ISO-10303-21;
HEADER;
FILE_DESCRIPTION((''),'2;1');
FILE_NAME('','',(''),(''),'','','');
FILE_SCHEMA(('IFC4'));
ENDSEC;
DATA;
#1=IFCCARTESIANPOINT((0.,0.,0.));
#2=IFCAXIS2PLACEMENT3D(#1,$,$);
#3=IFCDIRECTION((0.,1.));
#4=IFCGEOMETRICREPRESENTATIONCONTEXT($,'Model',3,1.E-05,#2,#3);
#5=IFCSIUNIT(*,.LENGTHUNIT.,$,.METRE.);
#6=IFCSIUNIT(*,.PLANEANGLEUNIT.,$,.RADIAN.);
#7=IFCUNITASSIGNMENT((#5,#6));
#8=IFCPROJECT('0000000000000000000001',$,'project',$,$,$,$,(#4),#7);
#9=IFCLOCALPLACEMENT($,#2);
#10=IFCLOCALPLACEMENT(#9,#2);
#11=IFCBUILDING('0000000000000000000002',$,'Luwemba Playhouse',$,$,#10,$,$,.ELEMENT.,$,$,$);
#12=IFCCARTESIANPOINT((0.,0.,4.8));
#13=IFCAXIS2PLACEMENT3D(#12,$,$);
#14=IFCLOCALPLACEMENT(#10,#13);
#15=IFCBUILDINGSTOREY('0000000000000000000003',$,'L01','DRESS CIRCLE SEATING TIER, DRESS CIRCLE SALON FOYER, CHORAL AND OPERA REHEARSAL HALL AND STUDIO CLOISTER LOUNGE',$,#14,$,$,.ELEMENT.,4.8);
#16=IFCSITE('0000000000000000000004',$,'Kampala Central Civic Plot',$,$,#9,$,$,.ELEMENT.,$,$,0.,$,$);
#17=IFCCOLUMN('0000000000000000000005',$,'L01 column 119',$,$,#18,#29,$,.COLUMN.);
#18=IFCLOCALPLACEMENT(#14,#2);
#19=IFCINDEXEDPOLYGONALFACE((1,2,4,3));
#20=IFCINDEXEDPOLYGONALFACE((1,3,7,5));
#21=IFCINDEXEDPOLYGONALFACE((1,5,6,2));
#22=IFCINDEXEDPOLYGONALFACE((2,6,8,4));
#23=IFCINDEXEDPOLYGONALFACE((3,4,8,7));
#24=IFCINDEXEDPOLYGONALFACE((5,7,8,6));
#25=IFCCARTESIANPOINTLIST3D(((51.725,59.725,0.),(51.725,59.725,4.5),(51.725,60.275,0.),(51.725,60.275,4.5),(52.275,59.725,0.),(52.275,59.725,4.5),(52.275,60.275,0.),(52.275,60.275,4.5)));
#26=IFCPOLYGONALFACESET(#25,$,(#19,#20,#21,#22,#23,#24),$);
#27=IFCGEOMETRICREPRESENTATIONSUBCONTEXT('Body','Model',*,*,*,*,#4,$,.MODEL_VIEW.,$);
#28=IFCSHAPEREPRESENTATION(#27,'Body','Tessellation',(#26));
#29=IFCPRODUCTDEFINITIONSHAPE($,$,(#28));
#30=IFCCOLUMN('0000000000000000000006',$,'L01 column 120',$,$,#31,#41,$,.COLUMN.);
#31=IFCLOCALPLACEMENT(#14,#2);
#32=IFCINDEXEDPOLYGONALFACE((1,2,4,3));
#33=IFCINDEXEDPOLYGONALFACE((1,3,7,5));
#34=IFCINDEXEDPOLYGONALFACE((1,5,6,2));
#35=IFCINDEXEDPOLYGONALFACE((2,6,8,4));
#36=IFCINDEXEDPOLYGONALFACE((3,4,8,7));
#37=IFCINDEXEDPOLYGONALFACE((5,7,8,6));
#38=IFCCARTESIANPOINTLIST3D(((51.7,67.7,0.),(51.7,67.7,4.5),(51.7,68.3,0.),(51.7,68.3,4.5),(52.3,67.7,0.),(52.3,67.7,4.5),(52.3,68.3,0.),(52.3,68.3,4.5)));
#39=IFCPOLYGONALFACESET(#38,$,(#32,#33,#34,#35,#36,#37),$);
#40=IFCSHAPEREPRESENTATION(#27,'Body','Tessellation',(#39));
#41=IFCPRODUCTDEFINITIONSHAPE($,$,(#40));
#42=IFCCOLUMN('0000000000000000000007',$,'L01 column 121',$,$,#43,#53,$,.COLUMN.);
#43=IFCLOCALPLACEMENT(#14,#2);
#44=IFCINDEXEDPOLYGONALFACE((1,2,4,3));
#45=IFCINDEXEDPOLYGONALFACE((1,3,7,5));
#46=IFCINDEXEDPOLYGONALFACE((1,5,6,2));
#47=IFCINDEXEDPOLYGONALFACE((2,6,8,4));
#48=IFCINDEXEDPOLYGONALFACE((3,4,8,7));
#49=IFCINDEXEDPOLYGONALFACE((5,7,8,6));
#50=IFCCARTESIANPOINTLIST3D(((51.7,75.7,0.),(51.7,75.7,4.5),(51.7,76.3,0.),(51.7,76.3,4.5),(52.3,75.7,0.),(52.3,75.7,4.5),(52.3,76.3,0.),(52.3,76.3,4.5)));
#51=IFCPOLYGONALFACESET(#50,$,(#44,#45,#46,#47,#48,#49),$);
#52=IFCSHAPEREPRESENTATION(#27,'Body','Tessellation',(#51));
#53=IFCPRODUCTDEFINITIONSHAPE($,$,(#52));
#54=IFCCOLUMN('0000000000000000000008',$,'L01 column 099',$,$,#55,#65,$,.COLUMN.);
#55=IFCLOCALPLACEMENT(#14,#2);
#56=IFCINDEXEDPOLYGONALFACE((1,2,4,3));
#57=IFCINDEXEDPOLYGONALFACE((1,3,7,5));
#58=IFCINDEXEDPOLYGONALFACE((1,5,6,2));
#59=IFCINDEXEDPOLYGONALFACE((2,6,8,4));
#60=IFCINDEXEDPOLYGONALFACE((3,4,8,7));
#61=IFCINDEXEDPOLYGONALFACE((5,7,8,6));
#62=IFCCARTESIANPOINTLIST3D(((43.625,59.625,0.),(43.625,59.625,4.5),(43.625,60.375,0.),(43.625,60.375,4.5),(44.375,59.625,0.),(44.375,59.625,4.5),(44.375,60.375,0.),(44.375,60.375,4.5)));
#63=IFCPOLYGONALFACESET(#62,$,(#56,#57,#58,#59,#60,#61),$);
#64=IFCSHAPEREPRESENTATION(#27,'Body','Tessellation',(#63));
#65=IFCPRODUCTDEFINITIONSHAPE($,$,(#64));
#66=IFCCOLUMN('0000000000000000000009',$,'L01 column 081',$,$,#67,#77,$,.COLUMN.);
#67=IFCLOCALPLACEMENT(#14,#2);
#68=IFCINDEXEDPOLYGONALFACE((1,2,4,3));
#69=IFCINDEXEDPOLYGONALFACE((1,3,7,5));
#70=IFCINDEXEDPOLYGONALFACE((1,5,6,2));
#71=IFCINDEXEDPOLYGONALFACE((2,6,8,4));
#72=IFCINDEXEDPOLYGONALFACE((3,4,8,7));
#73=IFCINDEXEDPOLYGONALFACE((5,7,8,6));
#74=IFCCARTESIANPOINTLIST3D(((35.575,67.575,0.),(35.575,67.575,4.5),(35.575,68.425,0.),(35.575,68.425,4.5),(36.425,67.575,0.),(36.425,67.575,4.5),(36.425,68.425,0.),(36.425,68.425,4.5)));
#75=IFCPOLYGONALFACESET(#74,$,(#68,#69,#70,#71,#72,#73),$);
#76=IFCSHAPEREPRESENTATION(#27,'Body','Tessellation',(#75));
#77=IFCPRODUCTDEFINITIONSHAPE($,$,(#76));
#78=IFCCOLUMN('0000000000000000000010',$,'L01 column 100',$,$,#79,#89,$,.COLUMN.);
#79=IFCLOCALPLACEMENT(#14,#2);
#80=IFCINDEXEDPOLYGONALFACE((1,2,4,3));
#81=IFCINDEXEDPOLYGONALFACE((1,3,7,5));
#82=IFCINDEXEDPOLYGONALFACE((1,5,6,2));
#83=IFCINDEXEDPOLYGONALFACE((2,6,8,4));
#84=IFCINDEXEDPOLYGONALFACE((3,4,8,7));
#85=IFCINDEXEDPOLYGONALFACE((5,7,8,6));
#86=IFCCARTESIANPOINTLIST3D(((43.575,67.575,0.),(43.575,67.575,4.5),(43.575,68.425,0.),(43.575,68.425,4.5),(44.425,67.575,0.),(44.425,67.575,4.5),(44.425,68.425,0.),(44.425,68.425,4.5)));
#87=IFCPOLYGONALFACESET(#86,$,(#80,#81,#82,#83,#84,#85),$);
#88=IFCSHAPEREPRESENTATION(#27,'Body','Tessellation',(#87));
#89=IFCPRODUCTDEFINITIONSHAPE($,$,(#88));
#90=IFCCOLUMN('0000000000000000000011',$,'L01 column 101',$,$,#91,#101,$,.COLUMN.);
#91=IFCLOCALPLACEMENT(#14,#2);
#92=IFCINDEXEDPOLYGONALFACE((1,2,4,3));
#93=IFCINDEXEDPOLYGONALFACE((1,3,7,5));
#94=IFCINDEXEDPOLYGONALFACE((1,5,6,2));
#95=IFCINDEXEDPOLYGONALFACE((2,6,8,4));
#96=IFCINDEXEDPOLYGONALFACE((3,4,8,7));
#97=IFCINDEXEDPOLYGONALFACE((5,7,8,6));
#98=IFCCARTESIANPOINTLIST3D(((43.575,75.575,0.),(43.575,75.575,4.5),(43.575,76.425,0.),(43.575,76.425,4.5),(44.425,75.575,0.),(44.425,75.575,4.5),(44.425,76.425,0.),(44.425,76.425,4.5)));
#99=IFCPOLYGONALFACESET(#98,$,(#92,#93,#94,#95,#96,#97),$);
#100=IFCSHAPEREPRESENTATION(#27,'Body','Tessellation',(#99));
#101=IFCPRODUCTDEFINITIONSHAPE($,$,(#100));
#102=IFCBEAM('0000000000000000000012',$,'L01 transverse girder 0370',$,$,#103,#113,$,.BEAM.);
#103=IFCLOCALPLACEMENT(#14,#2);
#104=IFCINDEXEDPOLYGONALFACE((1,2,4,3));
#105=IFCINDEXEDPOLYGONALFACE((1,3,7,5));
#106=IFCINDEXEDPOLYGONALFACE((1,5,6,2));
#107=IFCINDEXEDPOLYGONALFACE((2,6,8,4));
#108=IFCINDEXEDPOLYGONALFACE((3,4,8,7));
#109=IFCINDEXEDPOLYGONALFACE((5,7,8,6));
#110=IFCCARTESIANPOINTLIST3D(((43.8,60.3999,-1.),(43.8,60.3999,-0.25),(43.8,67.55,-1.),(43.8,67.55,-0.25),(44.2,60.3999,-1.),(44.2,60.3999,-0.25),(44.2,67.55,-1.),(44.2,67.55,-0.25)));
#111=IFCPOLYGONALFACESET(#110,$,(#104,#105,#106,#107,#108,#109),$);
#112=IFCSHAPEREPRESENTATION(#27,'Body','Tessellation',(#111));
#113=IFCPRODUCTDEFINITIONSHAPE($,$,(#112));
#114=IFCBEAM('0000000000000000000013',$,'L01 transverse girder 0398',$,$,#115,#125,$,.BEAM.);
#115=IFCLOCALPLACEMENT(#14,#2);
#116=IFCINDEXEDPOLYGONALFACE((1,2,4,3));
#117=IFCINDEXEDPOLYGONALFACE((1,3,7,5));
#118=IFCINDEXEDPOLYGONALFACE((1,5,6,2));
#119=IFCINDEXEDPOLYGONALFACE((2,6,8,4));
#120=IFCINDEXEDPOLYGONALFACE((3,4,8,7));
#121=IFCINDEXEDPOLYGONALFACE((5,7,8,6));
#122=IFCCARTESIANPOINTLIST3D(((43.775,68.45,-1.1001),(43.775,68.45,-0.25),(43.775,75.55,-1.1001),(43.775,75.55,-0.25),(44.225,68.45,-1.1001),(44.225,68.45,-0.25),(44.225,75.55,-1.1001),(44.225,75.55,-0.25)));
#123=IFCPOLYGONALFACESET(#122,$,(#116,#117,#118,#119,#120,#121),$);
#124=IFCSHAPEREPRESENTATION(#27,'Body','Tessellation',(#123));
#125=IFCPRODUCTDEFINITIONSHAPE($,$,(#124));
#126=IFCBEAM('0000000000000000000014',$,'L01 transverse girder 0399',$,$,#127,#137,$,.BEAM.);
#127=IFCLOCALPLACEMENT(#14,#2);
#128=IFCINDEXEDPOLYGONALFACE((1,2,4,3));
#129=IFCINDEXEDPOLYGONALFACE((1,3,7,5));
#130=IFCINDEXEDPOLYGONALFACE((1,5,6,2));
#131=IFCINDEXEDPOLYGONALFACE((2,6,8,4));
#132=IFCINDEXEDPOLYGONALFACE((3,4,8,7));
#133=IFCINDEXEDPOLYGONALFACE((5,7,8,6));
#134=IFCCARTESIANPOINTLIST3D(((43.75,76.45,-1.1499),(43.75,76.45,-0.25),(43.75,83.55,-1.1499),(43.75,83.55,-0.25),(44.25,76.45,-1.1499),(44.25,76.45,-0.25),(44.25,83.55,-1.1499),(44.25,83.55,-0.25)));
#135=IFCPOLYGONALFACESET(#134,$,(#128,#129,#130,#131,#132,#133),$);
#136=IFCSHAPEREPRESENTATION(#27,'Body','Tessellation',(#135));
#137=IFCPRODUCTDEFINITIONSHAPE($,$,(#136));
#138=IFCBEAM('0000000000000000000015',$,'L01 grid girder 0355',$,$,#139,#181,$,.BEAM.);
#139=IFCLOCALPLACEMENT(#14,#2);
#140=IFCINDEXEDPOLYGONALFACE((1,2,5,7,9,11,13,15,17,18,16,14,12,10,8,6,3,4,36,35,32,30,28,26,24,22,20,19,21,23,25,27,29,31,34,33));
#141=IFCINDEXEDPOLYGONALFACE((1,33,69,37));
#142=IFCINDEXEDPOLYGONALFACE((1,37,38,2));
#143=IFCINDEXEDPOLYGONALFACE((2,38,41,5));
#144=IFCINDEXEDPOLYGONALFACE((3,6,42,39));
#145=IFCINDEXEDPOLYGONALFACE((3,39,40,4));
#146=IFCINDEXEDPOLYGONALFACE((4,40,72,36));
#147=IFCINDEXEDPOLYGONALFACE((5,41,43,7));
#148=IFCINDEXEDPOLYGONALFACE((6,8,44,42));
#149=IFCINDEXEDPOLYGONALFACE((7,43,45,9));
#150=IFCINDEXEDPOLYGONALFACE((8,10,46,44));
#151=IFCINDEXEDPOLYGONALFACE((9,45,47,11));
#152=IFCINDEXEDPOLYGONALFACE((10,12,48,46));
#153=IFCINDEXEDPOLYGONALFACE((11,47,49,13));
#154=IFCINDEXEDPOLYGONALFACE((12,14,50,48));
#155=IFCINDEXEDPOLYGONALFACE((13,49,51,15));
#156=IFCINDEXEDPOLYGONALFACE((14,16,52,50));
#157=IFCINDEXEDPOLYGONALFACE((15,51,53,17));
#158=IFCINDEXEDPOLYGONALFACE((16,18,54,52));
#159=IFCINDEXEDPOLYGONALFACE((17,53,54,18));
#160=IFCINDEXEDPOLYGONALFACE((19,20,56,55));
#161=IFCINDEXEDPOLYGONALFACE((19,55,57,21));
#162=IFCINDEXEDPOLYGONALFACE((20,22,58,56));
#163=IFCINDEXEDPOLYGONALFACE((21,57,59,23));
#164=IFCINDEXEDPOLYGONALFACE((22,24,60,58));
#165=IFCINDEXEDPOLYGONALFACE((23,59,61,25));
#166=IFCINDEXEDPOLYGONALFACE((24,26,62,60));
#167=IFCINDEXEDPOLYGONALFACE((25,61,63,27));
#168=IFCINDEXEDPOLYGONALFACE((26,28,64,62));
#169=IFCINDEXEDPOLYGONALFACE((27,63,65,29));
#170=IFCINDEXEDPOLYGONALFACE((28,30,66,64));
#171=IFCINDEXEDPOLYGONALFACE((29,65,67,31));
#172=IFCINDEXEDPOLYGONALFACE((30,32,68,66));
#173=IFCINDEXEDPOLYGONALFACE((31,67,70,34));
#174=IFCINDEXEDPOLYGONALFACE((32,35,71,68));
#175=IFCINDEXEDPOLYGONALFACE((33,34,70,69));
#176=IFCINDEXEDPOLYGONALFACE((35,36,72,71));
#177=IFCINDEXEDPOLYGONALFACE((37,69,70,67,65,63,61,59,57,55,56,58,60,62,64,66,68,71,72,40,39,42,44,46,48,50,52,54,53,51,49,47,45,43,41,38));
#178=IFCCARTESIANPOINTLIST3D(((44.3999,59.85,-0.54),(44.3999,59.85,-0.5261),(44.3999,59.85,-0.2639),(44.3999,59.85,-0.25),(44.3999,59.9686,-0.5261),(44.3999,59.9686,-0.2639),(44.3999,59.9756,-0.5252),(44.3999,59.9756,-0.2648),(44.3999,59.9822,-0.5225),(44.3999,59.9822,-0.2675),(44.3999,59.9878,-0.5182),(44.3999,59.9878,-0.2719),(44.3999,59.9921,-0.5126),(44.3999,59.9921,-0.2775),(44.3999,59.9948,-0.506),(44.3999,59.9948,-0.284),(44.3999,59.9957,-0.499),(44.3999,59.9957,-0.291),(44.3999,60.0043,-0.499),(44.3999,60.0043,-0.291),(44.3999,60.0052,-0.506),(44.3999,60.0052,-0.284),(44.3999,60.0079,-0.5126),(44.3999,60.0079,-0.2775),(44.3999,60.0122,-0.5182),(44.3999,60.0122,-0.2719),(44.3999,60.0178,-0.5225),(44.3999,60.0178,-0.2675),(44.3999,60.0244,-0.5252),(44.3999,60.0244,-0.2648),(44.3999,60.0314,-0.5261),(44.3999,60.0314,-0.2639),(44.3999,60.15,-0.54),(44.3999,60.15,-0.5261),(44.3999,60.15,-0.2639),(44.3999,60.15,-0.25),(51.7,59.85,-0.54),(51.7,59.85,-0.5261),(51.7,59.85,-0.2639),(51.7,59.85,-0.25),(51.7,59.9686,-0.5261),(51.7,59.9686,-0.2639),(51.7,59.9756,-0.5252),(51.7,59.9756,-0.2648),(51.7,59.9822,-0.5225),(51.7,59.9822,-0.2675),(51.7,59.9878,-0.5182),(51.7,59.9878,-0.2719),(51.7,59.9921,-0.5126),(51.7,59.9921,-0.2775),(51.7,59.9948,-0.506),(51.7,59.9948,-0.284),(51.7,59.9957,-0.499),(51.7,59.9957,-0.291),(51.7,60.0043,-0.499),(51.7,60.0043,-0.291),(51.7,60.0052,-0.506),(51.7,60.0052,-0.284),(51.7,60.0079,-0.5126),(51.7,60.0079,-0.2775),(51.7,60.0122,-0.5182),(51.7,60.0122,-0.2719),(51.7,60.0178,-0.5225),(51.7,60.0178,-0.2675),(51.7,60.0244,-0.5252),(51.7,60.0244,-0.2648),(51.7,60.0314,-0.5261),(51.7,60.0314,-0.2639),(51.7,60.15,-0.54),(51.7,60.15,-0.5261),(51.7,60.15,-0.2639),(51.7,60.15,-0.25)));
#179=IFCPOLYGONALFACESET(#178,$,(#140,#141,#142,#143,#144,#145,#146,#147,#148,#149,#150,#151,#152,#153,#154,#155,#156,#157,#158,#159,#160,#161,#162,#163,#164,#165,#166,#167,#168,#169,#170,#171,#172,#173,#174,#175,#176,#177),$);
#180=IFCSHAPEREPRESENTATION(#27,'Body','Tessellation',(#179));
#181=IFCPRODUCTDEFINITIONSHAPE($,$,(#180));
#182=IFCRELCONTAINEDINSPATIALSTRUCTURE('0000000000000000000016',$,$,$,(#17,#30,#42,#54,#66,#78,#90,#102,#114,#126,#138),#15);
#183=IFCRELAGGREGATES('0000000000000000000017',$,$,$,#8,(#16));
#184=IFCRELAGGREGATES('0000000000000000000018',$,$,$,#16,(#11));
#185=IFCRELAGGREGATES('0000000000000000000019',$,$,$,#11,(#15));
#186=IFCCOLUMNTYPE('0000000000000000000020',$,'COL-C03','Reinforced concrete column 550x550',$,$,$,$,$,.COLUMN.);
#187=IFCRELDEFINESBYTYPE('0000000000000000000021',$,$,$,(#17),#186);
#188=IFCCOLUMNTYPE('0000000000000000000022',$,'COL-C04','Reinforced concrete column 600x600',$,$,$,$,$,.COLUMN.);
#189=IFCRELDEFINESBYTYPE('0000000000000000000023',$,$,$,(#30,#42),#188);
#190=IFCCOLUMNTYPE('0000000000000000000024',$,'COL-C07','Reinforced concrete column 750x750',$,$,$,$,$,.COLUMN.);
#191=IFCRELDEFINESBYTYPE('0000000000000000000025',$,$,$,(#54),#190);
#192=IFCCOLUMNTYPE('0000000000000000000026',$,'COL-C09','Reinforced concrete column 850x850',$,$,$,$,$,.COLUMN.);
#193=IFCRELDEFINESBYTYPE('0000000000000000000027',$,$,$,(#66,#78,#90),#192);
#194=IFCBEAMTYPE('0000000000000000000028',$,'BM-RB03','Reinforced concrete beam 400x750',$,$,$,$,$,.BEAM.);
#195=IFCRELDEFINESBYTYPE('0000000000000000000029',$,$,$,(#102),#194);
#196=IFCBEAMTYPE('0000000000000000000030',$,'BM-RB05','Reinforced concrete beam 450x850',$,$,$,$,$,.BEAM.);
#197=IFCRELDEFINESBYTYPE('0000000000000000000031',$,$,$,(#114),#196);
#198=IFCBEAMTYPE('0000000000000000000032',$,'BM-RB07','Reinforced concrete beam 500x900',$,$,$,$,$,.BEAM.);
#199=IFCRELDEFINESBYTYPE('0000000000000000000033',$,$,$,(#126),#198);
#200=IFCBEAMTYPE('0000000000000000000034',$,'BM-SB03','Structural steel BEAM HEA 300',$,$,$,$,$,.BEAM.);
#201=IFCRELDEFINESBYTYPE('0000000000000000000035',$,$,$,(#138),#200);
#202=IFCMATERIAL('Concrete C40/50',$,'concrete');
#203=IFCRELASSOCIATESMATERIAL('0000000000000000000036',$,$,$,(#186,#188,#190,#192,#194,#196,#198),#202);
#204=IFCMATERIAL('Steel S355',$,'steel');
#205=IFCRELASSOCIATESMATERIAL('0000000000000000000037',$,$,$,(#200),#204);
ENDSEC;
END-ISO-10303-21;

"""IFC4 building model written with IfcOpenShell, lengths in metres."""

from ifc_helpers import new_model, si_unit, direction, frame, origin, origin_2d, place, context, subcontext, project, spatial, rectangle, i_section, extrude, material, material_profile, profile_set, type_object, element, save


model = new_model("IFC4")

# Units and contexts
model_context = context("Model", 3, precision=1e-05, world=origin(), true_north=direction((0.0, 1.0)))
body_context = subcontext(model_context, "Body", "Model", "MODEL_VIEW")
ifc_project = project(units=[si_unit("LENGTHUNIT", "METRE"), si_unit("PLANEANGLEUNIT", "RADIAN")], contexts=[model_context])

# Site, building, storey
site_placement = place(None, origin())
site = spatial("IfcSite", under=ifc_project, at=site_placement, Name="Kampala Central Civic Plot", CompositionType="ELEMENT", RefElevation=0.0)
building_placement = place(site_placement, origin())
building = spatial("IfcBuilding", under=site, at=building_placement, Name="Luwemba Playhouse", CompositionType="ELEMENT")
storey_placement = place(building_placement, frame((0.0, 0.0, 4.8)))
storey = spatial("IfcBuildingStorey", under=building, at=storey_placement, Name="L01", Description="DRESS CIRCLE SEATING TIER, DRESS CIRCLE SALON FOYER, CHORAL AND OPERA REHEARSAL HALL AND STUDIO CLOISTER LOUNGE", CompositionType="ELEMENT", Elevation=4.8)

# Columns
ifc_material_1 = material(Name="Concrete C40/50", Category="concrete")
ifc_material_profile_1 = material_profile(ifc_material_1, rectangle(XDim=0.55, YDim=0.55, at=origin_2d()))
ifc_profile_set_1 = profile_set([ifc_material_profile_1], Name="Concrete C40/50")
column_type_1 = type_object("IfcColumnType", Name="COL-C03", Description="Reinforced concrete column 550x550", PredefinedType="COLUMN", material=ifc_profile_set_1)
column_1_placement = place(storey_placement, frame((52.0, 60.0, 0.0), z_axis=(0.0, 0.0, 1.0), x_axis=(1.0, 0.0, 0.0)))
element("IfcColumn", 1, at=column_1_placement, inside=storey, type_object=column_type_1, Name="L01 column 119", PredefinedType="COLUMN", context=body_context, shape_type="SweptSolid", body=[
    extrude(rectangle(XDim=0.55, YDim=0.55, at=origin_2d()), origin(), (0.0, 0.0, 1.0), 4.5),
])
ifc_material_profile_2 = material_profile(ifc_material_1, rectangle(XDim=0.6001, YDim=0.6001, at=origin_2d()))
ifc_profile_set_2 = profile_set([ifc_material_profile_2], Name="Concrete C40/50")
column_type_2 = type_object("IfcColumnType", Name="COL-C04", Description="Reinforced concrete column 600x600", PredefinedType="COLUMN", material=ifc_profile_set_2)
for number, where, z_axis, x_axis, name in (
    (2, (52.0, 68.0, 0.0), (0.0, 0.0, 1.0), (1.0, 0.0, 0.0), "L01 column 120"),
    (3, (52.0, 76.0, 0.0), (0.0, 0.0, 1.0), (1.0, 0.0, 0.0), "L01 column 121"),
):
    element("IfcColumn", number, at=place(storey_placement, frame(where, z_axis=z_axis, x_axis=x_axis)), inside=storey, type_object=column_type_2, Name=name, PredefinedType="COLUMN", context=body_context, shape_type="SweptSolid", body=[
        extrude(rectangle(XDim=0.6001, YDim=0.6001, at=origin_2d()), origin(), (0.0, 0.0, 1.0), 4.5),
    ])
ifc_material_profile_3 = material_profile(ifc_material_1, rectangle(XDim=0.75, YDim=0.75, at=origin_2d()))
ifc_profile_set_3 = profile_set([ifc_material_profile_3], Name="Concrete C40/50")
column_type_3 = type_object("IfcColumnType", Name="COL-C07", Description="Reinforced concrete column 750x750", PredefinedType="COLUMN", material=ifc_profile_set_3)
column_2_placement = place(storey_placement, frame((44.0, 60.0, 0.0), z_axis=(0.0, 0.0, 1.0), x_axis=(1.0, 0.0, 0.0)))
element("IfcColumn", 4, at=column_2_placement, inside=storey, type_object=column_type_3, Name="L01 column 099", PredefinedType="COLUMN", context=body_context, shape_type="SweptSolid", body=[
    extrude(rectangle(XDim=0.75, YDim=0.75, at=origin_2d()), origin(), (0.0, 0.0, 1.0), 4.5),
])
ifc_material_profile_4 = material_profile(ifc_material_1, rectangle(XDim=0.8501, YDim=0.8501, at=origin_2d()))
ifc_profile_set_4 = profile_set([ifc_material_profile_4], Name="Concrete C40/50")
column_type_4 = type_object("IfcColumnType", Name="COL-C09", Description="Reinforced concrete column 850x850", PredefinedType="COLUMN", material=ifc_profile_set_4)
for number, where, z_axis, x_axis, name in (
    (5, (36.0, 68.0, 0.0), (0.0, 0.0, 1.0), (1.0, 0.0, 0.0), "L01 column 081"),
    (6, (44.0, 68.0, 0.0), (0.0, 0.0, 1.0), (1.0, 0.0, 0.0), "L01 column 100"),
    (7, (44.0, 76.0, 0.0), (0.0, 0.0, 1.0), (1.0, 0.0, 0.0), "L01 column 101"),
):
    element("IfcColumn", number, at=place(storey_placement, frame(where, z_axis=z_axis, x_axis=x_axis)), inside=storey, type_object=column_type_4, Name=name, PredefinedType="COLUMN", context=body_context, shape_type="SweptSolid", body=[
        extrude(rectangle(XDim=0.8501, YDim=0.8501, at=origin_2d()), origin(), (0.0, 0.0, 1.0), 4.5),
    ])

# Beams
ifc_material_profile_5 = material_profile(ifc_material_1, rectangle(XDim=0.3999, YDim=0.75, at=origin_2d()))
ifc_profile_set_5 = profile_set([ifc_material_profile_5], Name="Concrete C40/50")
beam_type_1 = type_object("IfcBeamType", Name="BM-RB03", Description="Reinforced concrete beam 400x750", PredefinedType="BEAM", material=ifc_profile_set_5)
beam_1_placement = place(storey_placement, frame((44.0, 60.3999, -0.625), z_axis=(0.0, 1.0, 0.0), x_axis=(-1.0, 0.0, 0.0)))
element("IfcBeam", 8, at=beam_1_placement, inside=storey, type_object=beam_type_1, Name="L01 transverse girder 0370", PredefinedType="BEAM", context=body_context, shape_type="SweptSolid", body=[
    extrude(rectangle(XDim=0.3999, YDim=0.75, at=origin_2d()), origin(), (0.0, 0.0, 1.0), 7.1501),
])
ifc_material_profile_6 = material_profile(ifc_material_1, rectangle(XDim=0.45, YDim=0.8501, at=origin_2d()))
ifc_profile_set_6 = profile_set([ifc_material_profile_6], Name="Concrete C40/50")
beam_type_2 = type_object("IfcBeamType", Name="BM-RB05", Description="Reinforced concrete beam 450x850", PredefinedType="BEAM", material=ifc_profile_set_6)
beam_2_placement = place(storey_placement, frame((44.0, 68.45, -0.675), z_axis=(0.0, 1.0, 0.0), x_axis=(-1.0, 0.0, 0.0)))
element("IfcBeam", 9, at=beam_2_placement, inside=storey, type_object=beam_type_2, Name="L01 transverse girder 0398", PredefinedType="BEAM", context=body_context, shape_type="SweptSolid", body=[
    extrude(rectangle(XDim=0.45, YDim=0.8501, at=origin_2d()), origin(), (0.0, 0.0, 1.0), 7.1001),
])
ifc_material_profile_7 = material_profile(ifc_material_1, rectangle(XDim=0.5, YDim=0.8999, at=origin_2d()))
ifc_profile_set_7 = profile_set([ifc_material_profile_7], Name="Concrete C40/50")
beam_type_3 = type_object("IfcBeamType", Name="BM-RB07", Description="Reinforced concrete beam 500x900", PredefinedType="BEAM", material=ifc_profile_set_7)
beam_3_placement = place(storey_placement, frame((44.0, 76.45, -0.7), z_axis=(0.0, 1.0, 0.0), x_axis=(-1.0, 0.0, 0.0)))
element("IfcBeam", 10, at=beam_3_placement, inside=storey, type_object=beam_type_3, Name="L01 transverse girder 0399", PredefinedType="BEAM", context=body_context, shape_type="SweptSolid", body=[
    extrude(rectangle(XDim=0.5, YDim=0.8999, at=origin_2d()), origin(), (0.0, 0.0, 1.0), 7.1001),
])
ifc_material_2 = material(Name="Steel S355", Category="steel")
ifc_material_profile_8 = material_profile(ifc_material_2, i_section(OverallWidth=0.3, OverallDepth=0.29, WebThickness=0.0085, FlangeThickness=0.0139, FilletRadius=0.0271, at=origin_2d()))
ifc_profile_set_8 = profile_set([ifc_material_profile_8], Name="Steel S355")
beam_type_4 = type_object("IfcBeamType", Name="BM-SB03", Description="Structural steel BEAM HEA 300", PredefinedType="BEAM", material=ifc_profile_set_8)
beam_4_placement = place(storey_placement, frame((44.3999, 60.0, -0.395), z_axis=(1.0, 0.0, 0.0), x_axis=(0.0, 1.0, 0.0)))
element("IfcBeam", 11, at=beam_4_placement, inside=storey, type_object=beam_type_4, Name="L01 grid girder 0355", PredefinedType="BEAM", context=body_context, shape_type="SweptSolid", body=[
    extrude(i_section(OverallWidth=0.3, OverallDepth=0.29, WebThickness=0.0085, FlangeThickness=0.0139, FilletRadius=0.0271, at=origin_2d()), origin(), (0.0, 0.0, 1.0), 7.3),
])

save(model, "model.ifc")
